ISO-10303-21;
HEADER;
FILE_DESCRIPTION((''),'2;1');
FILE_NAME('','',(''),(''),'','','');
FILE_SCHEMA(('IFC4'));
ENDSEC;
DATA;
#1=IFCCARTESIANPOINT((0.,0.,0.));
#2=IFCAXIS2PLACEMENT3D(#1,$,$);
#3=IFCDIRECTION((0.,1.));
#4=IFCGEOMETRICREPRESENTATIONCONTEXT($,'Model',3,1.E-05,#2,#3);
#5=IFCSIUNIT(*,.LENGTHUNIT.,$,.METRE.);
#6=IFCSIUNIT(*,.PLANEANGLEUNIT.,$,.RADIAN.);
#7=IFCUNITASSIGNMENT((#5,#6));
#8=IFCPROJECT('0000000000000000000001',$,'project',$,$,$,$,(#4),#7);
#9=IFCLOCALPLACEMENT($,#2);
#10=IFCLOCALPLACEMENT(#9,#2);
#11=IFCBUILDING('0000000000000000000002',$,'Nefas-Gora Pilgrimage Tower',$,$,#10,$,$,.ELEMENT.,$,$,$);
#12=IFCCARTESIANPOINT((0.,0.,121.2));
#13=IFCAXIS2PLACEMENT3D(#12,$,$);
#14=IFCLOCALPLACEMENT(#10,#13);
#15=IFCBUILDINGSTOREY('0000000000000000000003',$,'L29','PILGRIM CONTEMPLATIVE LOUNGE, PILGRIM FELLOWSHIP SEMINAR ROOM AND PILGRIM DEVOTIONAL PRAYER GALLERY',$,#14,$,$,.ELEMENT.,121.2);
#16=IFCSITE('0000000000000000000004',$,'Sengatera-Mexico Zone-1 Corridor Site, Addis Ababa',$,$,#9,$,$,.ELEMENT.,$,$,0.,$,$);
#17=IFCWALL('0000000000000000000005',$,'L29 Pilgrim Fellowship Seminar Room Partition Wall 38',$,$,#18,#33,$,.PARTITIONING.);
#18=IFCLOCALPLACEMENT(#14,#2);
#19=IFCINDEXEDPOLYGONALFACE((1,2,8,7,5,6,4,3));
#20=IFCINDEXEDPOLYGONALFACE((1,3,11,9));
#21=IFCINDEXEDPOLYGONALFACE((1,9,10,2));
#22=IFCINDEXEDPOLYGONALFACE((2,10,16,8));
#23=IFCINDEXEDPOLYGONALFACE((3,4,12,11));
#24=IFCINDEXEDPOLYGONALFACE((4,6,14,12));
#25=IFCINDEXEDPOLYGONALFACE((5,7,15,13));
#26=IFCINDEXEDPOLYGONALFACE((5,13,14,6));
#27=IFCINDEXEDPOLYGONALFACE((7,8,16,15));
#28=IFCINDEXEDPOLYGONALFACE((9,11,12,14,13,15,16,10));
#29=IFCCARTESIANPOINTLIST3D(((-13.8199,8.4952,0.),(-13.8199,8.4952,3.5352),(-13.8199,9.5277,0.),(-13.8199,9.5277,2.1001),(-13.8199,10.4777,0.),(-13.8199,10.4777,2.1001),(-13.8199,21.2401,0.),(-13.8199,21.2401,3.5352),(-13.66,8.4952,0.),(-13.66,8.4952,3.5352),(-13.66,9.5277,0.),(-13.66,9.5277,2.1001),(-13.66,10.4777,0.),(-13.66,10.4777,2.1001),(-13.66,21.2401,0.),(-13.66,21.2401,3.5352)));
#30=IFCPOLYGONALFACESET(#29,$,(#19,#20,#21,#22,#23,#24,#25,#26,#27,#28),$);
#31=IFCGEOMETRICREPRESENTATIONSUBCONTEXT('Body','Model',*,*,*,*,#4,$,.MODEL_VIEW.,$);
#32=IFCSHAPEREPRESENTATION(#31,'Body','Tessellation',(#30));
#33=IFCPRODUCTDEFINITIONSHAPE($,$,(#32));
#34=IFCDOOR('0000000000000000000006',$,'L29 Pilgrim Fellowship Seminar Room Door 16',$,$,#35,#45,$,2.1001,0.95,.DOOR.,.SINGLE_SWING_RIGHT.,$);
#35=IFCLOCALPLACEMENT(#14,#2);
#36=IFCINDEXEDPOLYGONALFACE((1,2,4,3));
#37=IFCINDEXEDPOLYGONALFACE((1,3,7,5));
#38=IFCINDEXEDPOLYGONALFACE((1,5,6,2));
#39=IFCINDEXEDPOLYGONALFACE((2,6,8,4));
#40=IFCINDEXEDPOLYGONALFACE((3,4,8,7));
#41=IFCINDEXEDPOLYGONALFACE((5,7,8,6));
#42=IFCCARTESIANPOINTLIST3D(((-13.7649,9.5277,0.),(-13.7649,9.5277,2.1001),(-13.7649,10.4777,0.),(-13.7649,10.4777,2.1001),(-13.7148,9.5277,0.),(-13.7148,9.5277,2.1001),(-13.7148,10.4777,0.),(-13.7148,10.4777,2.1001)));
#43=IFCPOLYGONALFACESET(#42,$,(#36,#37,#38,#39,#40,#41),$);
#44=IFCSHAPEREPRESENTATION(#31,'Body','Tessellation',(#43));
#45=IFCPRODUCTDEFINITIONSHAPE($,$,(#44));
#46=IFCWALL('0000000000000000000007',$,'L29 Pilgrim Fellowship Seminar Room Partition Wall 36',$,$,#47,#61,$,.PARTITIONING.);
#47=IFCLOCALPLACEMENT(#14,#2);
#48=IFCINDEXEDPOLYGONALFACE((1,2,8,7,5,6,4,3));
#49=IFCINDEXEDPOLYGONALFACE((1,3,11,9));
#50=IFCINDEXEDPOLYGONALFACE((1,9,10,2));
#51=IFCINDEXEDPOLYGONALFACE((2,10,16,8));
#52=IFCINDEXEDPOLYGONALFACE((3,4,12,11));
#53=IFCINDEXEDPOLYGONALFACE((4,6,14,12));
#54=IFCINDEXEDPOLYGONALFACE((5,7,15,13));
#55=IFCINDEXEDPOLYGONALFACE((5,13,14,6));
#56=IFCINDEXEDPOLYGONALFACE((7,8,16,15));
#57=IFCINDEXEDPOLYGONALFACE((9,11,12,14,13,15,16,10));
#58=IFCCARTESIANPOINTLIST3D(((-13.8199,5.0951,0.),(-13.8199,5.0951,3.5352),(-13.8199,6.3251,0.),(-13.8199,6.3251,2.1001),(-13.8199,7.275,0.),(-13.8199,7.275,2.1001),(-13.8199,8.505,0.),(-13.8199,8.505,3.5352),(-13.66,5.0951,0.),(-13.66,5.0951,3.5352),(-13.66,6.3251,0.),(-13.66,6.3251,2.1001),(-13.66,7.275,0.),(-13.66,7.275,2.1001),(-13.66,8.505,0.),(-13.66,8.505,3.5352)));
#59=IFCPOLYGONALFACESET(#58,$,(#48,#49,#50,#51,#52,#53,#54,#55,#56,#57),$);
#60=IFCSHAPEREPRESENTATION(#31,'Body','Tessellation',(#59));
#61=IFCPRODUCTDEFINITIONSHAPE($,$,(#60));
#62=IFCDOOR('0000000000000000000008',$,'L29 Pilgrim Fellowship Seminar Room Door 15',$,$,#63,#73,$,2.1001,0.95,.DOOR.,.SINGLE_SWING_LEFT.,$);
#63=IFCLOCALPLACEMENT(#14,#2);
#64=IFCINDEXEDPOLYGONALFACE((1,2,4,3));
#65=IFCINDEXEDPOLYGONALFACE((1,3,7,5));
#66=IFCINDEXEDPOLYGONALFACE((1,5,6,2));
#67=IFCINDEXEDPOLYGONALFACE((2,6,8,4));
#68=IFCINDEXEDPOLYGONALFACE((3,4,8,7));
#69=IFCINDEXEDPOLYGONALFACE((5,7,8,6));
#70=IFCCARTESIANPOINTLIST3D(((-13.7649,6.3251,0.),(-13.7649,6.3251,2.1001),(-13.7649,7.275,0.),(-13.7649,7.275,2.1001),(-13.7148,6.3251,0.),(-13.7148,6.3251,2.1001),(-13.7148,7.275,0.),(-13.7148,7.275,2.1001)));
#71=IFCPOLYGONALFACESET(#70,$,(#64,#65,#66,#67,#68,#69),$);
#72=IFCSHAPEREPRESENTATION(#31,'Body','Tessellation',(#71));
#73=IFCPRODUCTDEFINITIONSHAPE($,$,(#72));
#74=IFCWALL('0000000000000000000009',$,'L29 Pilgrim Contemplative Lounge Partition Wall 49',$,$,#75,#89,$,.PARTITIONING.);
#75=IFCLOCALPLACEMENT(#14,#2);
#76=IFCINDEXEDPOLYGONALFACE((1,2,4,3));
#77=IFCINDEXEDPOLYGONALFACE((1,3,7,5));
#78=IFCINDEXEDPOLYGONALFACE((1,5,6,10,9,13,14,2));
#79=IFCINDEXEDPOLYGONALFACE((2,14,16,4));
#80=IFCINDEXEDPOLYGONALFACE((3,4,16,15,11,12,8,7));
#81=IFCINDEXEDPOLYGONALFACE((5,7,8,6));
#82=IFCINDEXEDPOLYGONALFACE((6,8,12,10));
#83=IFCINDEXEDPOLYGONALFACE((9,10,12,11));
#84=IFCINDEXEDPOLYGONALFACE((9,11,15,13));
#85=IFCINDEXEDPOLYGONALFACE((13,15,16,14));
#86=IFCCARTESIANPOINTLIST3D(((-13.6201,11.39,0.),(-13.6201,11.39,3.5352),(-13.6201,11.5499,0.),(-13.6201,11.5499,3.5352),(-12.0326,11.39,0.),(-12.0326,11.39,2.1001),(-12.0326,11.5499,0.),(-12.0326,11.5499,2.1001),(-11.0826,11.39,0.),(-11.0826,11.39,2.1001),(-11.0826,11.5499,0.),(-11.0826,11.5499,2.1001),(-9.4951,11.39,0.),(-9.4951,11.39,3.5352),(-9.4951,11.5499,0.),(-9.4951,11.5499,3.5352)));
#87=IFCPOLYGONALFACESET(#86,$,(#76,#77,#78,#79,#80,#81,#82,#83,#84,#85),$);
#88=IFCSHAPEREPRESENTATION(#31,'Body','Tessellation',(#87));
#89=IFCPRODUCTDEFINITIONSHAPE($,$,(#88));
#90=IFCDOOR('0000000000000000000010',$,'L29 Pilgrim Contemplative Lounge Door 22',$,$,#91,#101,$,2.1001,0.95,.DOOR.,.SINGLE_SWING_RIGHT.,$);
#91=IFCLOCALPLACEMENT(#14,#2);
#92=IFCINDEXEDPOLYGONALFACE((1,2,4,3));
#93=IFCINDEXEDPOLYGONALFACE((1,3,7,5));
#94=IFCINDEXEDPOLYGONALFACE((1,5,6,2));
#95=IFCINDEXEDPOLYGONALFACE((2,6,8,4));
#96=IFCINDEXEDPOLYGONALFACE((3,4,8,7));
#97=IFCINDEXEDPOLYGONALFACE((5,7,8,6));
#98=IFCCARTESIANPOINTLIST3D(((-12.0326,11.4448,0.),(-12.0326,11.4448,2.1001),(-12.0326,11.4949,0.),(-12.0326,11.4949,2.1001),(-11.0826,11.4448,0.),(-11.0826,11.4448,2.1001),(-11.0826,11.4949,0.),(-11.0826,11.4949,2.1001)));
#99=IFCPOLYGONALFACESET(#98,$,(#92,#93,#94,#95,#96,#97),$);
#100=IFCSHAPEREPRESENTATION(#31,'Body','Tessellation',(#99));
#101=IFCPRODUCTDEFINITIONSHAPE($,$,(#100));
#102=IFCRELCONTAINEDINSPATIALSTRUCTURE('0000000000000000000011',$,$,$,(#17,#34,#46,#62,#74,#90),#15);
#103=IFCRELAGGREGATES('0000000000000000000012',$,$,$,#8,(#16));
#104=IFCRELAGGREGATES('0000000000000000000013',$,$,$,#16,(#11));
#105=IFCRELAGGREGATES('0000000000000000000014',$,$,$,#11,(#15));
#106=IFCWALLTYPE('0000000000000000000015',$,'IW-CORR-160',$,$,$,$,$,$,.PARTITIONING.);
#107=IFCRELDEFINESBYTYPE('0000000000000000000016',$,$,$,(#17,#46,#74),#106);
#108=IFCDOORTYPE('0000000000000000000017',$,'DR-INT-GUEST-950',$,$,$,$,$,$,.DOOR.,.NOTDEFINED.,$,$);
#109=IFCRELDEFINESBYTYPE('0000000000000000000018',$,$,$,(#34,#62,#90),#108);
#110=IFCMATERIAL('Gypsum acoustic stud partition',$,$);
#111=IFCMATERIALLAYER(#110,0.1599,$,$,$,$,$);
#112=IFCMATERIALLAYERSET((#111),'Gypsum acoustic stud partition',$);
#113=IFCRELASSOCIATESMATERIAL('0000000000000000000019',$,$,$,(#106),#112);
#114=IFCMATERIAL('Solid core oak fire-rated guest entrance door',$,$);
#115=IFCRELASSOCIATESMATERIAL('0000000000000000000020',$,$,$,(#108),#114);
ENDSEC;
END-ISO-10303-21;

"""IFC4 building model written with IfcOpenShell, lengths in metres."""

from ifc_helpers import new_model, si_unit, direction, frame, frame_2d, origin, place, context, subcontext, project, spatial, rectangle, extrude, source, transform, mapped, material, layer, layer_set, type_object, element, fill, save


model = new_model("IFC4")

# Units and contexts
model_context = context("Model", 3, precision=1e-05, world=origin(), true_north=direction((0.0, 1.0)))
body_context = subcontext(model_context, "Body", "Model", "MODEL_VIEW")
ifc_project = project(units=[si_unit("LENGTHUNIT", "METRE"), si_unit("PLANEANGLEUNIT", "RADIAN")], contexts=[model_context])

# Site, building, storey
site_placement = place(None, origin())
site = spatial("IfcSite", under=ifc_project, at=site_placement, Name="Sengatera-Mexico Zone-1 Corridor Site, Addis Ababa", CompositionType="ELEMENT", RefElevation=0.0)
building_placement = place(site_placement, origin())
building = spatial("IfcBuilding", under=site, at=building_placement, Name="Nefas-Gora Pilgrimage Tower", CompositionType="ELEMENT")
storey_placement = place(building_placement, frame((0.0, 0.0, 121.2)))
storey = spatial("IfcBuildingStorey", under=building, at=storey_placement, Name="L29", Description="PILGRIM CONTEMPLATIVE LOUNGE, PILGRIM FELLOWSHIP SEMINAR ROOM AND PILGRIM DEVOTIONAL PRAYER GALLERY", CompositionType="ELEMENT", Elevation=121.2)

# Walls, openings, doors
ifc_material_1 = material(Name="Gypsum acoustic stud partition")
ifc_layer_1 = layer(ifc_material_1, 0.1599)
ifc_layer_set_1 = layer_set([ifc_layer_1], Name="Gypsum acoustic stud partition")
wall_type_1 = type_object("IfcWallType", Name="IW-CORR-160", PredefinedType="PARTITIONING", material=ifc_layer_set_1)
shared_shape_1 = source(origin(), body_context, "Body", "SweptSolid", [
    extrude(rectangle(XDim=12.7449, YDim=0.1599, at=frame_2d((6.3726, 0.0))), origin(), (0.0, 0.0, 1.0), 3.5352),
])
wall_1_placement = place(storey_placement, frame((-13.74, 8.4951, 0.0), z_axis=(0.0, 0.0, 1.0), x_axis=(0.0, 1.0, 0.0)))
wall_1 = element("IfcWall", 1, at=wall_1_placement, inside=storey, type_object=wall_type_1, Name="L29 Pilgrim Fellowship Seminar Room Partition Wall 38", PredefinedType="PARTITIONING", context=body_context, shape_type="MappedRepresentation", body=[
    mapped(shared_shape_1, transform((0.0, 0.0, 0.0), x_axis=(1.0, 0.0, 0.0), y_axis=(0.0, 1.0, 0.0), z_axis=(0.0, 0.0, 1.0), scale=1.0)),
])
opening_1_placement = place(wall_1_placement, frame((1.0325, 0.0, 0.0)))
opening_1 = element("IfcOpeningElement", 2, at=opening_1_placement, cuts=wall_1, PredefinedType="OPENING", context=body_context, shape_type="SweptSolid", body=[
    extrude(rectangle(XDim=0.95, YDim=2.1001, at=frame_2d((0.4751, 1.05))), frame((0.0, 0.0898, 0.0), z_axis=(0.0, -1.0, 0.0), x_axis=(1.0, 0.0, 0.0)), (0.0, 0.0, 1.0), 0.1799),
])
ifc_material_2 = material(Name="Solid core oak fire-rated guest entrance door")
door_type = type_object("IfcDoorType", Name="DR-INT-GUEST-950", OperationType="NOTDEFINED", PredefinedType="DOOR", material=ifc_material_2)
shared_shape_2 = source(origin(), body_context, "Body", "SweptSolid", [
    extrude(rectangle(XDim=0.95, YDim=2.1001, at=frame_2d((0.4751, 1.05))), frame((0.0, 0.0249, 0.0), z_axis=(0.0, -1.0, 0.0), x_axis=(1.0, 0.0, 0.0)), (0.0, 0.0, 1.0), 0.05),
])
door_1_placement = place(opening_1_placement, origin())
door_1 = element("IfcDoor", 3, at=door_1_placement, inside=storey, type_object=door_type, Name="L29 Pilgrim Fellowship Seminar Room Door 16", OperationType="SINGLE_SWING_RIGHT", OverallHeight=2.1001, OverallWidth=0.95, PredefinedType="DOOR", context=body_context, shape_type="MappedRepresentation", body=[
    mapped(shared_shape_2, transform((0.0, 0.0, 0.0), x_axis=(1.0, 0.0, 0.0), y_axis=(0.0, 1.0, 0.0), z_axis=(0.0, 0.0, 1.0), scale=1.0)),
])
fill(opening_1, door_1)
shared_shape_3 = source(origin(), body_context, "Body", "SweptSolid", [
    extrude(rectangle(XDim=3.4099, YDim=0.1599, at=frame_2d((1.7051, 0.0))), origin(), (0.0, 0.0, 1.0), 3.5352),
])
wall_2_placement = place(storey_placement, frame((-13.74, 5.095, 0.0), z_axis=(0.0, 0.0, 1.0), x_axis=(0.0, 1.0, 0.0)))
wall_2 = element("IfcWall", 4, at=wall_2_placement, inside=storey, type_object=wall_type_1, Name="L29 Pilgrim Fellowship Seminar Room Partition Wall 36", PredefinedType="PARTITIONING", context=body_context, shape_type="MappedRepresentation", body=[
    mapped(shared_shape_3, transform((0.0, 0.0, 0.0), x_axis=(1.0, 0.0, 0.0), y_axis=(0.0, 1.0, 0.0), z_axis=(0.0, 0.0, 1.0), scale=1.0)),
])
opening_2_placement = place(wall_2_placement, frame((1.23, 0.0, 0.0)))
opening_2 = element("IfcOpeningElement", 5, at=opening_2_placement, cuts=wall_2, PredefinedType="OPENING", context=body_context, shape_type="SweptSolid", body=[
    extrude(rectangle(XDim=0.95, YDim=2.1001, at=frame_2d((0.4751, 1.05))), frame((0.0, 0.0898, 0.0), z_axis=(0.0, -1.0, 0.0), x_axis=(1.0, 0.0, 0.0)), (0.0, 0.0, 1.0), 0.1799),
])
door_2_placement = place(opening_2_placement, origin())
door_2 = element("IfcDoor", 6, at=door_2_placement, inside=storey, type_object=door_type, Name="L29 Pilgrim Fellowship Seminar Room Door 15", OperationType="SINGLE_SWING_LEFT", OverallHeight=2.1001, OverallWidth=0.95, PredefinedType="DOOR", context=body_context, shape_type="MappedRepresentation", body=[
    mapped(shared_shape_2, transform((0.0, 0.0, 0.0), x_axis=(1.0, 0.0, 0.0), y_axis=(0.0, 1.0, 0.0), z_axis=(0.0, 0.0, 1.0), scale=1.0)),
])
fill(opening_2, door_2)
shared_shape_4 = source(origin(), body_context, "Body", "SweptSolid", [
    extrude(rectangle(XDim=4.125, YDim=0.1599, at=frame_2d((2.0625, 0.0))), origin(), (0.0, 0.0, 1.0), 3.5352),
])
wall_3_placement = place(storey_placement, frame((-13.6201, 11.47, 0.0), z_axis=(0.0, 0.0, 1.0), x_axis=(1.0, 0.0, 0.0)))
wall_3 = element("IfcWall", 7, at=wall_3_placement, inside=storey, type_object=wall_type_1, Name="L29 Pilgrim Contemplative Lounge Partition Wall 49", PredefinedType="PARTITIONING", context=body_context, shape_type="MappedRepresentation", body=[
    mapped(shared_shape_4, transform((0.0, 0.0, 0.0), x_axis=(1.0, 0.0, 0.0), y_axis=(0.0, 1.0, 0.0), z_axis=(0.0, 0.0, 1.0), scale=1.0)),
])
opening_3_placement = place(wall_3_placement, frame((1.5874, 0.0, 0.0)))
opening_3 = element("IfcOpeningElement", 8, at=opening_3_placement, cuts=wall_3, PredefinedType="OPENING", context=body_context, shape_type="SweptSolid", body=[
    extrude(rectangle(XDim=0.95, YDim=2.1001, at=frame_2d((0.4751, 1.05))), frame((0.0, 0.0898, 0.0), z_axis=(0.0, -1.0, 0.0), x_axis=(1.0, 0.0, 0.0)), (0.0, 0.0, 1.0), 0.1799),
])
door_3_placement = place(opening_3_placement, origin())
door_3 = element("IfcDoor", 9, at=door_3_placement, inside=storey, type_object=door_type, Name="L29 Pilgrim Contemplative Lounge Door 22", OperationType="SINGLE_SWING_RIGHT", OverallHeight=2.1001, OverallWidth=0.95, PredefinedType="DOOR", context=body_context, shape_type="MappedRepresentation", body=[
    mapped(shared_shape_2, transform((0.0, 0.0, 0.0), x_axis=(1.0, 0.0, 0.0), y_axis=(0.0, 1.0, 0.0), z_axis=(0.0, 0.0, 1.0), scale=1.0)),
])
fill(opening_3, door_3)

save(model, "model.ifc")
